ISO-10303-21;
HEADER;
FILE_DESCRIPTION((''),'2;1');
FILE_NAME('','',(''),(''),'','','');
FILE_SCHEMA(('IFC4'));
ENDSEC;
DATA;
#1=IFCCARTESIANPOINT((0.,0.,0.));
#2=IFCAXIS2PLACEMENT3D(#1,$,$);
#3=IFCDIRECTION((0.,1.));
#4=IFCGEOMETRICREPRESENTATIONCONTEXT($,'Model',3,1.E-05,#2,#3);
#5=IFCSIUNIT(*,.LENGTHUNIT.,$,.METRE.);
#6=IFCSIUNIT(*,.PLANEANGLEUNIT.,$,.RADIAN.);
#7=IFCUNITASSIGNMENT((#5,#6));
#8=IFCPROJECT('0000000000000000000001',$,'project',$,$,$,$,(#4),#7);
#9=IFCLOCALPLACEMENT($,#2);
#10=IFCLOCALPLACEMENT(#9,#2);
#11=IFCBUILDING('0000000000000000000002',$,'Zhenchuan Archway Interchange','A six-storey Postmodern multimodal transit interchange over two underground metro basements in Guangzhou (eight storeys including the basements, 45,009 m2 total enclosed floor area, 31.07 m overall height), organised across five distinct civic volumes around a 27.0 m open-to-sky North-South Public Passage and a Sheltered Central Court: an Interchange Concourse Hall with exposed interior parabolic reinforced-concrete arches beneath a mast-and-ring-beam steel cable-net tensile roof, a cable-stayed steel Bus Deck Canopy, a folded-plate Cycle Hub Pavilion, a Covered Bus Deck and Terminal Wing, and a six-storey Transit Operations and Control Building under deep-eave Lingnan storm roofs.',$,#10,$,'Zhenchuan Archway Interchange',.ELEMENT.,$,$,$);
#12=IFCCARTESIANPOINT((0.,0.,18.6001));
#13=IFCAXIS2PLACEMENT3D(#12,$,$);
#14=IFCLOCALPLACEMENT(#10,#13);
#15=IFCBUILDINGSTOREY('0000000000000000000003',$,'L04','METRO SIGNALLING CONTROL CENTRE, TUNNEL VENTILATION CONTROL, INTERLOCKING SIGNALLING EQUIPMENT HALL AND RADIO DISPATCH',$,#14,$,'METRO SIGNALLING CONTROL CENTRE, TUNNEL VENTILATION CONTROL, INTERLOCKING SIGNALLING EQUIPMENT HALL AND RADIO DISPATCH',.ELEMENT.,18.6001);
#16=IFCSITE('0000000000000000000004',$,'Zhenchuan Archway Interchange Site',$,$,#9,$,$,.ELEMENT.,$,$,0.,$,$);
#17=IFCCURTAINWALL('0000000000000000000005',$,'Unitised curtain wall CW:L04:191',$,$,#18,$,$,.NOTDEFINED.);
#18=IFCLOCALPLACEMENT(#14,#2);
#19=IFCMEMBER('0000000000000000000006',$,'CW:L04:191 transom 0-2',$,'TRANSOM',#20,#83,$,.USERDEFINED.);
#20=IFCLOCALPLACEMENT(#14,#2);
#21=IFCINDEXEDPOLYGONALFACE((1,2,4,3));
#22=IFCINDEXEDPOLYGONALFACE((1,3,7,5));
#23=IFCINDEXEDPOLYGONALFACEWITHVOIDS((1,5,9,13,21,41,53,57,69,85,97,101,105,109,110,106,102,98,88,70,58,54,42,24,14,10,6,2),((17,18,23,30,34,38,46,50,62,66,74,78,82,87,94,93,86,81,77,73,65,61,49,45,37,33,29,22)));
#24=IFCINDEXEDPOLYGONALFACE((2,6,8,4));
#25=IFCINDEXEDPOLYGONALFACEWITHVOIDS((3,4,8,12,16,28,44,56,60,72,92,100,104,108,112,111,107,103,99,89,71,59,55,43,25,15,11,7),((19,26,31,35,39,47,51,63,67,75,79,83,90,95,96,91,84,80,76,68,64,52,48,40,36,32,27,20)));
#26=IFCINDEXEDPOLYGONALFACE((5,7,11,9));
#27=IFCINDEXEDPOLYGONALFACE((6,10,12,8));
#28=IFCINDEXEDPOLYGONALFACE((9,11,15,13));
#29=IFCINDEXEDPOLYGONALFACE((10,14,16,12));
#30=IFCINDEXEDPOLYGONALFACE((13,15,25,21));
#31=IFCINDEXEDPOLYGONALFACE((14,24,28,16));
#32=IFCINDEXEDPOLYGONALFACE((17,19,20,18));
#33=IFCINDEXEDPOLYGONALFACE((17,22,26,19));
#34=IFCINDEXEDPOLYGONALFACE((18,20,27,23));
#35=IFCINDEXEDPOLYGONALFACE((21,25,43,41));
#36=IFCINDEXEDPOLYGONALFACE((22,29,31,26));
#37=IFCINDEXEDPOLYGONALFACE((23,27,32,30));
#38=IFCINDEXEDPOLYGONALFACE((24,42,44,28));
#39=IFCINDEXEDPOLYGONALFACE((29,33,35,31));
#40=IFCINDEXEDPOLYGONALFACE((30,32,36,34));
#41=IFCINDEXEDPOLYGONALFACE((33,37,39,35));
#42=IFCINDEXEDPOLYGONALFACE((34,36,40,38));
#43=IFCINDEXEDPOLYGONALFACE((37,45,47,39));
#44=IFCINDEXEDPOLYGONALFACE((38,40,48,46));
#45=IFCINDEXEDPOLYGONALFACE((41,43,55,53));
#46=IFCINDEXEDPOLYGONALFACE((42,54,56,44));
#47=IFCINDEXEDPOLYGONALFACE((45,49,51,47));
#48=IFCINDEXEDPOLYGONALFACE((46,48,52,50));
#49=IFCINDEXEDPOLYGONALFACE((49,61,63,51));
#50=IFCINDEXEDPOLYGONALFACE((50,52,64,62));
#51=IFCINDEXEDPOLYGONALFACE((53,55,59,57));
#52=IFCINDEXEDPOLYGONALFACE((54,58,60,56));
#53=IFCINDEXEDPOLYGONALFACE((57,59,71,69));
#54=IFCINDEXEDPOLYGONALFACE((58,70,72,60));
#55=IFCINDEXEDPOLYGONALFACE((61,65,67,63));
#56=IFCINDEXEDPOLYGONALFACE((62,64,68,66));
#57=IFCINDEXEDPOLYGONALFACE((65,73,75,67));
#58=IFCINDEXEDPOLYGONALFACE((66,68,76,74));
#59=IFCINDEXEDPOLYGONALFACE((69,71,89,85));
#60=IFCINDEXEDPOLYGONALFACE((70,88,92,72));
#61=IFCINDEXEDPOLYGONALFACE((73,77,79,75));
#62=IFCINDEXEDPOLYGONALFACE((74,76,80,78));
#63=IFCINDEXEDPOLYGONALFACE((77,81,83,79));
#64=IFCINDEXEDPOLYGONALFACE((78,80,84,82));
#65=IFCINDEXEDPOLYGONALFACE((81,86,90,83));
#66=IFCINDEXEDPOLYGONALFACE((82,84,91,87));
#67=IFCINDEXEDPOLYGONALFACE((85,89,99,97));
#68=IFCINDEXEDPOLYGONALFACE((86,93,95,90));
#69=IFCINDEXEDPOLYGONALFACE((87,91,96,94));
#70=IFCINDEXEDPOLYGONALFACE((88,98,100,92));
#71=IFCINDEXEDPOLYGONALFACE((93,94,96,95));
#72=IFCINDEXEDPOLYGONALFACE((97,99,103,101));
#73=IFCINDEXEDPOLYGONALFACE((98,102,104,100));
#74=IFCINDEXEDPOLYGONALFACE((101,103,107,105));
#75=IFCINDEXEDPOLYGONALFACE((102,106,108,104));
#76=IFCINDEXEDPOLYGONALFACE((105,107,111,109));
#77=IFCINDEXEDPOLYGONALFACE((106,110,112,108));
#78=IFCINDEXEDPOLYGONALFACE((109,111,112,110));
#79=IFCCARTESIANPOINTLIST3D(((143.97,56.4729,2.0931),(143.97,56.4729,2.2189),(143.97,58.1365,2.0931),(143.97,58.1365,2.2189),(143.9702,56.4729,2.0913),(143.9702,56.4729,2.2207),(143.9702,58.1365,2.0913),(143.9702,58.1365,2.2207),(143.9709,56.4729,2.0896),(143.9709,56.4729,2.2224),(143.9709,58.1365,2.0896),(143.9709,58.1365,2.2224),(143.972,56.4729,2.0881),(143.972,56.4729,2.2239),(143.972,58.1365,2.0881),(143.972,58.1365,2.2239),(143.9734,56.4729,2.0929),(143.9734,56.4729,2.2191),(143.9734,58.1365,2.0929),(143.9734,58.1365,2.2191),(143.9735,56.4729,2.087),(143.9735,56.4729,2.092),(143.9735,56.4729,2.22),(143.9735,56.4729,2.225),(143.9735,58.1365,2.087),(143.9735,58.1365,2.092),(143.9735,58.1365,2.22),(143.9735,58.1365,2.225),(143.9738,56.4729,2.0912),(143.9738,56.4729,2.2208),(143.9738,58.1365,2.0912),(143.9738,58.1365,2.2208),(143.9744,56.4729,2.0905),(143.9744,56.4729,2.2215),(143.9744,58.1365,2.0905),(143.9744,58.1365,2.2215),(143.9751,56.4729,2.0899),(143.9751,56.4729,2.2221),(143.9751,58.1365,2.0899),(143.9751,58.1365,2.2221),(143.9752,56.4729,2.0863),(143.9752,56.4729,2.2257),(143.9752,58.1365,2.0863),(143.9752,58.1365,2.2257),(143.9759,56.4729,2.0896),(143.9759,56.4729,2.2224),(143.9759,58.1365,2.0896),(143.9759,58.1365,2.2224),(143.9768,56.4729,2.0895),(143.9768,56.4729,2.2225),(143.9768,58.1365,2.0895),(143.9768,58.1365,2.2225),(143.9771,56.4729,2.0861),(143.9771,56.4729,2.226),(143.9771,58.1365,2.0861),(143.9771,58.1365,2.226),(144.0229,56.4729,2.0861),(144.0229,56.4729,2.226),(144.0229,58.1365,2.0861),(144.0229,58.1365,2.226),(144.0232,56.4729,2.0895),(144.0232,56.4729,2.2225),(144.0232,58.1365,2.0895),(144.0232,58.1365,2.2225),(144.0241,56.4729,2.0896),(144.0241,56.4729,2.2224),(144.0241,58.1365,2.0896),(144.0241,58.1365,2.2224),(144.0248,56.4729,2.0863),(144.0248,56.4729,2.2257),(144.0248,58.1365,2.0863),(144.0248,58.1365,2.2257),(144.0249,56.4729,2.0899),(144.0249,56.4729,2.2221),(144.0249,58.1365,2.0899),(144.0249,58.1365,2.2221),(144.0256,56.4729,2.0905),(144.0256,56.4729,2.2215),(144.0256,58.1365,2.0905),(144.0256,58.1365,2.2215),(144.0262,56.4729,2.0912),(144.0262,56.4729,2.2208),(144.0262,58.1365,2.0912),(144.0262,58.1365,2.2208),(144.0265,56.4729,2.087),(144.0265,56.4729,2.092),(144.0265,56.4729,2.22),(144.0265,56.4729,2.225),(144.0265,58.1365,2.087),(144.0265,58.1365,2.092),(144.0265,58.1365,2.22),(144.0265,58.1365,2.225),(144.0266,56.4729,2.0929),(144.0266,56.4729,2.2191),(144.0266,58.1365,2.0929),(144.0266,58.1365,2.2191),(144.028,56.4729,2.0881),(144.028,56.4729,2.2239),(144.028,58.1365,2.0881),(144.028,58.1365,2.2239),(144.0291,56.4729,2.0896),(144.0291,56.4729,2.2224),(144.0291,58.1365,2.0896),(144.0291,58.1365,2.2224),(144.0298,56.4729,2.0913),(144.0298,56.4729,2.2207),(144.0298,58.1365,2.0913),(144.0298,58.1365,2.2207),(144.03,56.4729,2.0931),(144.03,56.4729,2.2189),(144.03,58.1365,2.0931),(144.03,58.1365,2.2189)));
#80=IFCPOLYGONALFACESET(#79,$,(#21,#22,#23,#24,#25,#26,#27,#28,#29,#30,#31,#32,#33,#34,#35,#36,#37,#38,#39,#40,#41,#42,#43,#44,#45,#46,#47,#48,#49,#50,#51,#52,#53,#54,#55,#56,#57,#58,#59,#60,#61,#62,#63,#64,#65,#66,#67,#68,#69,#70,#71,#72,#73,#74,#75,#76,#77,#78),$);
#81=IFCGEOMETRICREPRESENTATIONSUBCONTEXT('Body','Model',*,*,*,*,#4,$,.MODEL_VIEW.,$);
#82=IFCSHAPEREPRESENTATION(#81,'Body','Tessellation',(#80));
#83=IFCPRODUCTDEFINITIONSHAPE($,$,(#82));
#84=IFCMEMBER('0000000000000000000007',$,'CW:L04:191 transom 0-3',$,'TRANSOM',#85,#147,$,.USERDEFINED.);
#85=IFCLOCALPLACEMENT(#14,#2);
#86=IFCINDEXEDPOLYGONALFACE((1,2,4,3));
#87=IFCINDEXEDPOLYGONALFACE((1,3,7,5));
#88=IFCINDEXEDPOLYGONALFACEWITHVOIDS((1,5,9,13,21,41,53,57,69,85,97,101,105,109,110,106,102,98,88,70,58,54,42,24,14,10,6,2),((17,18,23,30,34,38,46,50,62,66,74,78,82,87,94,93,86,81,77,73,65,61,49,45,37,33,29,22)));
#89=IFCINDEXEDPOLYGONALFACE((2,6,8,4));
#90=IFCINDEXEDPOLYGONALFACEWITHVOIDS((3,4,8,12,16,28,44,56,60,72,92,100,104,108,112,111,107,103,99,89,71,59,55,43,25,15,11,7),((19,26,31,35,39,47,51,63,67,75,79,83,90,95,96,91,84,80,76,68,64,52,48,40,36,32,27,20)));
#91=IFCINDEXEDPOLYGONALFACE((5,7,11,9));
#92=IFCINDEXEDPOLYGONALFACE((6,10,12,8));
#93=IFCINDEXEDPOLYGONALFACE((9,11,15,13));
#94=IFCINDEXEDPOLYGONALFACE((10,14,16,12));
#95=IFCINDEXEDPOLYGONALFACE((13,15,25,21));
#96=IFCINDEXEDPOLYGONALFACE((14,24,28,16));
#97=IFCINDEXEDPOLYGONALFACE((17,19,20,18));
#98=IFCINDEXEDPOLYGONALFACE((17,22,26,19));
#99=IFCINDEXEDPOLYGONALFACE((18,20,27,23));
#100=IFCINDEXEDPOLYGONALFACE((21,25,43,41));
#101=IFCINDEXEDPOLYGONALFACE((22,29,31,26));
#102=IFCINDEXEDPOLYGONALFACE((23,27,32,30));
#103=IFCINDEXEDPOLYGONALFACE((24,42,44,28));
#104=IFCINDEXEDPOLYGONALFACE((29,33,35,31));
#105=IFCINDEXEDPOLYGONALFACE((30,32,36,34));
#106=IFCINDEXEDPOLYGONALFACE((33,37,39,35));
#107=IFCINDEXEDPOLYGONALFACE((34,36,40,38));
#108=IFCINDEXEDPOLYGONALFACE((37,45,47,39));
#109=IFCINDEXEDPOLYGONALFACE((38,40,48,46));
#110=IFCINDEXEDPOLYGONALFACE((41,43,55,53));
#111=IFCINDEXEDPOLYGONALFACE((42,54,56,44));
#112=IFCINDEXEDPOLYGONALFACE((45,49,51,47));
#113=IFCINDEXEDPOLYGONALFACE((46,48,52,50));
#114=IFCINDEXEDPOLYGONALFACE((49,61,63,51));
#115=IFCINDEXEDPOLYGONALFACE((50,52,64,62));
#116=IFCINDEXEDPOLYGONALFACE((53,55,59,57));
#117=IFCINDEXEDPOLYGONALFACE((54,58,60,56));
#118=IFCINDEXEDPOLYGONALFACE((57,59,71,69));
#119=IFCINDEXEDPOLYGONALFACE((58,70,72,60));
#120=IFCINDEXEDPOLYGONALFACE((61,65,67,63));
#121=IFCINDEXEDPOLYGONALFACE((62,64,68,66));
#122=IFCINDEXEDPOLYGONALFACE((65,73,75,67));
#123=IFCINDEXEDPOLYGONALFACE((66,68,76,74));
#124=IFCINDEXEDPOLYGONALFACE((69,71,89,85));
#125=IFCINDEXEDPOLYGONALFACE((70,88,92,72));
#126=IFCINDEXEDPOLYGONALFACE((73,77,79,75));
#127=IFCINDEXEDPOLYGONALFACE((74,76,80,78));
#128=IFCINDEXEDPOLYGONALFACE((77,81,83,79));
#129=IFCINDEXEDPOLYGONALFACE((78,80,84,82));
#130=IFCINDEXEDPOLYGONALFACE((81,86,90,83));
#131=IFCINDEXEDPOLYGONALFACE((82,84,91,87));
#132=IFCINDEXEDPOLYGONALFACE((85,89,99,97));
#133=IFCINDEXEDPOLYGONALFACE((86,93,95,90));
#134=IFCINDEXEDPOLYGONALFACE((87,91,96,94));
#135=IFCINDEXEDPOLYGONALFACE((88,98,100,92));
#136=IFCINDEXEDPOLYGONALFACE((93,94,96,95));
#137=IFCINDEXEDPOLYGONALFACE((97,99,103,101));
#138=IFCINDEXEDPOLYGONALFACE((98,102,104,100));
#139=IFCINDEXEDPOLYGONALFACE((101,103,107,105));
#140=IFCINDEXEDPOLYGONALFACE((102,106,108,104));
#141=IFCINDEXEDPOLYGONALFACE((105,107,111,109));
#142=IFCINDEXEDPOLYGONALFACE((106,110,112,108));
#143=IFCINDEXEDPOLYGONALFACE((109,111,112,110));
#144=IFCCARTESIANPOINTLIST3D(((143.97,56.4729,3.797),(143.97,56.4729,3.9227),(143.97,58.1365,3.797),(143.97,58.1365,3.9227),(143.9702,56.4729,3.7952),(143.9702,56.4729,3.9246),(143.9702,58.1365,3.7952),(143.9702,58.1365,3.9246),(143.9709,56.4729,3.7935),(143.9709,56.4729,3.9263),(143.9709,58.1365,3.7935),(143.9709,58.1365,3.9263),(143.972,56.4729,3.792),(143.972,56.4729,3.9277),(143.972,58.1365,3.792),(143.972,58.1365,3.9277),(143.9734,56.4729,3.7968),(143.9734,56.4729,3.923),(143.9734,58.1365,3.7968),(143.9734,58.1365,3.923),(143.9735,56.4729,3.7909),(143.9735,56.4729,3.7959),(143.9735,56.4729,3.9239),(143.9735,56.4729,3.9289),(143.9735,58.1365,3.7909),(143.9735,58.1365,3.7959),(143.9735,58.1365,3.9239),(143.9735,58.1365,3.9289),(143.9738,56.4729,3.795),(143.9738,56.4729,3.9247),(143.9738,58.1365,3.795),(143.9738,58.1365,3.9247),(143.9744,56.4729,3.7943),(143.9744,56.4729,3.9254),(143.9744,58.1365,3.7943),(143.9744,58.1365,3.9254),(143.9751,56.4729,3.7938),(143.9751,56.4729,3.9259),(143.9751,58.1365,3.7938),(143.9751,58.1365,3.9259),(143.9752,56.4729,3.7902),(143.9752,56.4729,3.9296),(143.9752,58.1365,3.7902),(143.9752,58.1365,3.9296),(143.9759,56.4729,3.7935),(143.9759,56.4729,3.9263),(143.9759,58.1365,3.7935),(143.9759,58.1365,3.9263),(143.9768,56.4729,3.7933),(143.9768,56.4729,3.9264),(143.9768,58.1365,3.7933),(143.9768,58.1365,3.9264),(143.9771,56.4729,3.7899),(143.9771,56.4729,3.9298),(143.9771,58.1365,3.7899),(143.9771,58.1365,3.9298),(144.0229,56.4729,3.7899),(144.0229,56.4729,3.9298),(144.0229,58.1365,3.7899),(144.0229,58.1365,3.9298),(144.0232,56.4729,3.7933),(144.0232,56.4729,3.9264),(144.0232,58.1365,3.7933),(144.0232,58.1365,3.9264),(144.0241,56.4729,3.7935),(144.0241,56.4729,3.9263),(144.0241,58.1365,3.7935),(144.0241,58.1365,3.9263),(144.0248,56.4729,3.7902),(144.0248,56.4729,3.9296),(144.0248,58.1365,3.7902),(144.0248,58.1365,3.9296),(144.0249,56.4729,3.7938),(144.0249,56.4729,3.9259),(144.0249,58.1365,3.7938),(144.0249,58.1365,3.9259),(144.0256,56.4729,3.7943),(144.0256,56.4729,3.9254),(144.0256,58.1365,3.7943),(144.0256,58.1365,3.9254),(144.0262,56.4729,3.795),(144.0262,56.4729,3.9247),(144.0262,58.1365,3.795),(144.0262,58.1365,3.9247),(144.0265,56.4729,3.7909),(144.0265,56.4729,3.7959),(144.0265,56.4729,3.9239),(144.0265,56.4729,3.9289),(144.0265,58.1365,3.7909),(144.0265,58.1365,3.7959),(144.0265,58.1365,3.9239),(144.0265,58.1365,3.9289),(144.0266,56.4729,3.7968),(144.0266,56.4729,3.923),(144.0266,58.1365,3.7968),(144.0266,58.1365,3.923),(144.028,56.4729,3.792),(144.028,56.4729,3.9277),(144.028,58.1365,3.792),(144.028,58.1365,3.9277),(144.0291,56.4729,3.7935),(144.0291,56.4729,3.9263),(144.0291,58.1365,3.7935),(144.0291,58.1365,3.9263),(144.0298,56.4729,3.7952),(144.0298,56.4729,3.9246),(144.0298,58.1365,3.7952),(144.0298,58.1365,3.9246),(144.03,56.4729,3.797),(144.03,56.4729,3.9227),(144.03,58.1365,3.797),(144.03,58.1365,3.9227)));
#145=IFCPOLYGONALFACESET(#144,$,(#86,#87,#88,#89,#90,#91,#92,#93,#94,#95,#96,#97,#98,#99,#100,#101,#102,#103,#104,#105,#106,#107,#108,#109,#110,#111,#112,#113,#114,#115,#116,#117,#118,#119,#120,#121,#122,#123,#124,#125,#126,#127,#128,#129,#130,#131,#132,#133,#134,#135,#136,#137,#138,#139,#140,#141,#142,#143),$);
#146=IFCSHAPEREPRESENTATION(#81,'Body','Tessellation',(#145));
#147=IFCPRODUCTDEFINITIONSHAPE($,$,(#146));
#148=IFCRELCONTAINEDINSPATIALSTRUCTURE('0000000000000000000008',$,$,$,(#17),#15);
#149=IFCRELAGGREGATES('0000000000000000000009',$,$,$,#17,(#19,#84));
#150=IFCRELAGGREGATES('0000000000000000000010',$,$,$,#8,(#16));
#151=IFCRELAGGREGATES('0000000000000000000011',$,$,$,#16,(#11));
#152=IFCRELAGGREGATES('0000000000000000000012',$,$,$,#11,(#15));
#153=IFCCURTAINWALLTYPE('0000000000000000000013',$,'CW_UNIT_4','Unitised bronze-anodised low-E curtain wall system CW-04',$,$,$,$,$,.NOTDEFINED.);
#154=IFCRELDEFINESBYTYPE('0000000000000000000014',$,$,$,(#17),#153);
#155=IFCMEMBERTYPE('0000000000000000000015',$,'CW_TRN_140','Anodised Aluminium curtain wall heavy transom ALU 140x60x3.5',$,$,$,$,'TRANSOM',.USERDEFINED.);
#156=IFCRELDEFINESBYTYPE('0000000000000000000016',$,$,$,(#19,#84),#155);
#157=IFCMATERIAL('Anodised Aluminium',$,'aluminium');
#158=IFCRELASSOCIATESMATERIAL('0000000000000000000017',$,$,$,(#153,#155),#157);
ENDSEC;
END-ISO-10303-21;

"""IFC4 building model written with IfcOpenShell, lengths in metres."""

from ifc_helpers import new_model, si_unit, direction, frame, origin, origin_2d, place, context, subcontext, project, spatial, hollow_rectangle, extrude, material, material_profile, profile_set, type_object, element, aggregate, save


model = new_model("IFC4")

# Units and contexts
model_context = context("Model", 3, precision=1e-05, world=origin(), true_north=direction((0.0, 1.0)))
body_context = subcontext(model_context, "Body", "Model", "MODEL_VIEW")
ifc_project = project(units=[si_unit("LENGTHUNIT", "METRE"), si_unit("PLANEANGLEUNIT", "RADIAN")], contexts=[model_context])

# Site, building, storey
site_placement = place(None, origin())
site = spatial("IfcSite", under=ifc_project, at=site_placement, Name="Zhenchuan Archway Interchange Site", CompositionType="ELEMENT", RefElevation=0.0)
building_placement = place(site_placement, origin())
building = spatial("IfcBuilding", under=site, at=building_placement, Name="Zhenchuan Archway Interchange", Description="A six-storey Postmodern multimodal transit interchange over two underground metro basements in Guangzhou (eight storeys including the basements, 45,009 m2 total enclosed floor area, 31.07 m overall height), organised across five distinct civic volumes around a 27.0 m open-to-sky North-South Public Passage and a Sheltered Central Court: an Interchange Concourse Hall with exposed interior parabolic reinforced-concrete arches beneath a mast-and-ring-beam steel cable-net tensile roof, a cable-stayed steel Bus Deck Canopy, a folded-plate Cycle Hub Pavilion, a Covered Bus Deck and Terminal Wing, and a six-storey Transit Operations and Control Building under deep-eave Lingnan storm roofs.", LongName="Zhenchuan Archway Interchange", CompositionType="ELEMENT")
storey_placement = place(building_placement, frame((0.0, 0.0, 18.6001)))
storey = spatial("IfcBuildingStorey", under=building, at=storey_placement, Name="L04", Description="METRO SIGNALLING CONTROL CENTRE, TUNNEL VENTILATION CONTROL, INTERLOCKING SIGNALLING EQUIPMENT HALL AND RADIO DISPATCH", LongName="METRO SIGNALLING CONTROL CENTRE, TUNNEL VENTILATION CONTROL, INTERLOCKING SIGNALLING EQUIPMENT HALL AND RADIO DISPATCH", CompositionType="ELEMENT", Elevation=18.6001)

# Shared definitions
ifc_material_1 = material(Name="Anodised Aluminium", Category="aluminium")

# Curtain wall, members
curtain_wall_type_1 = type_object("IfcCurtainWallType", Name="CW_UNIT_4", Description="Unitised bronze-anodised low-E curtain wall system CW-04", PredefinedType="NOTDEFINED", material=ifc_material_1)
curtain_wall_1_placement = place(storey_placement, origin())
curtain_wall_1 = element("IfcCurtainWall", 1, at=curtain_wall_1_placement, inside=storey, type_object=curtain_wall_type_1, Name="Unitised curtain wall CW:L04:191", PredefinedType="NOTDEFINED")
ifc_material_profile_1 = material_profile(ifc_material_1, hollow_rectangle(XDim=0.0601, YDim=0.1399, WallThickness=0.0034, InnerFilletRadius=0.0034, OuterFilletRadius=0.0071, at=origin_2d()), Name="ALU 140x60x3.5")
ifc_profile_set_1 = profile_set([ifc_material_profile_1], Name="Anodised Aluminium")
member_type_1 = type_object("IfcMemberType", Name="CW_TRN_140", Description="Anodised Aluminium curtain wall heavy transom ALU 140x60x3.5", ElementType="TRANSOM", PredefinedType="USERDEFINED", material=ifc_profile_set_1)
member_1_placement = place(storey_placement, frame((144.0, 56.4729, 2.156), z_axis=(0.0, 1.0, 0.0), x_axis=(-1.0, 0.0, 0.0)))
member_1 = element("IfcMember", 2, at=member_1_placement, type_object=member_type_1, Name="CW:L04:191 transom 0-2", ObjectType="TRANSOM", PredefinedType="USERDEFINED", context=body_context, shape_type="SweptSolid", body=[
    extrude(hollow_rectangle(XDim=0.0601, YDim=0.1399, WallThickness=0.0034, InnerFilletRadius=0.0034, OuterFilletRadius=0.0071, at=origin_2d()), origin(), (0.0, 0.0, 1.0), 1.6636),
])
member_2_placement = place(storey_placement, frame((144.0, 56.4729, 3.8599), z_axis=(0.0, 1.0, 0.0), x_axis=(-1.0, 0.0, 0.0)))
member_2 = element("IfcMember", 3, at=member_2_placement, type_object=member_type_1, Name="CW:L04:191 transom 0-3", ObjectType="TRANSOM", PredefinedType="USERDEFINED", context=body_context, shape_type="SweptSolid", body=[
    extrude(hollow_rectangle(XDim=0.0601, YDim=0.1399, WallThickness=0.0034, InnerFilletRadius=0.0034, OuterFilletRadius=0.0071, at=origin_2d()), origin(), (0.0, 0.0, 1.0), 1.6636),
])

aggregate(curtain_wall_1, [member_1, member_2])

save(model, "model.ifc")
